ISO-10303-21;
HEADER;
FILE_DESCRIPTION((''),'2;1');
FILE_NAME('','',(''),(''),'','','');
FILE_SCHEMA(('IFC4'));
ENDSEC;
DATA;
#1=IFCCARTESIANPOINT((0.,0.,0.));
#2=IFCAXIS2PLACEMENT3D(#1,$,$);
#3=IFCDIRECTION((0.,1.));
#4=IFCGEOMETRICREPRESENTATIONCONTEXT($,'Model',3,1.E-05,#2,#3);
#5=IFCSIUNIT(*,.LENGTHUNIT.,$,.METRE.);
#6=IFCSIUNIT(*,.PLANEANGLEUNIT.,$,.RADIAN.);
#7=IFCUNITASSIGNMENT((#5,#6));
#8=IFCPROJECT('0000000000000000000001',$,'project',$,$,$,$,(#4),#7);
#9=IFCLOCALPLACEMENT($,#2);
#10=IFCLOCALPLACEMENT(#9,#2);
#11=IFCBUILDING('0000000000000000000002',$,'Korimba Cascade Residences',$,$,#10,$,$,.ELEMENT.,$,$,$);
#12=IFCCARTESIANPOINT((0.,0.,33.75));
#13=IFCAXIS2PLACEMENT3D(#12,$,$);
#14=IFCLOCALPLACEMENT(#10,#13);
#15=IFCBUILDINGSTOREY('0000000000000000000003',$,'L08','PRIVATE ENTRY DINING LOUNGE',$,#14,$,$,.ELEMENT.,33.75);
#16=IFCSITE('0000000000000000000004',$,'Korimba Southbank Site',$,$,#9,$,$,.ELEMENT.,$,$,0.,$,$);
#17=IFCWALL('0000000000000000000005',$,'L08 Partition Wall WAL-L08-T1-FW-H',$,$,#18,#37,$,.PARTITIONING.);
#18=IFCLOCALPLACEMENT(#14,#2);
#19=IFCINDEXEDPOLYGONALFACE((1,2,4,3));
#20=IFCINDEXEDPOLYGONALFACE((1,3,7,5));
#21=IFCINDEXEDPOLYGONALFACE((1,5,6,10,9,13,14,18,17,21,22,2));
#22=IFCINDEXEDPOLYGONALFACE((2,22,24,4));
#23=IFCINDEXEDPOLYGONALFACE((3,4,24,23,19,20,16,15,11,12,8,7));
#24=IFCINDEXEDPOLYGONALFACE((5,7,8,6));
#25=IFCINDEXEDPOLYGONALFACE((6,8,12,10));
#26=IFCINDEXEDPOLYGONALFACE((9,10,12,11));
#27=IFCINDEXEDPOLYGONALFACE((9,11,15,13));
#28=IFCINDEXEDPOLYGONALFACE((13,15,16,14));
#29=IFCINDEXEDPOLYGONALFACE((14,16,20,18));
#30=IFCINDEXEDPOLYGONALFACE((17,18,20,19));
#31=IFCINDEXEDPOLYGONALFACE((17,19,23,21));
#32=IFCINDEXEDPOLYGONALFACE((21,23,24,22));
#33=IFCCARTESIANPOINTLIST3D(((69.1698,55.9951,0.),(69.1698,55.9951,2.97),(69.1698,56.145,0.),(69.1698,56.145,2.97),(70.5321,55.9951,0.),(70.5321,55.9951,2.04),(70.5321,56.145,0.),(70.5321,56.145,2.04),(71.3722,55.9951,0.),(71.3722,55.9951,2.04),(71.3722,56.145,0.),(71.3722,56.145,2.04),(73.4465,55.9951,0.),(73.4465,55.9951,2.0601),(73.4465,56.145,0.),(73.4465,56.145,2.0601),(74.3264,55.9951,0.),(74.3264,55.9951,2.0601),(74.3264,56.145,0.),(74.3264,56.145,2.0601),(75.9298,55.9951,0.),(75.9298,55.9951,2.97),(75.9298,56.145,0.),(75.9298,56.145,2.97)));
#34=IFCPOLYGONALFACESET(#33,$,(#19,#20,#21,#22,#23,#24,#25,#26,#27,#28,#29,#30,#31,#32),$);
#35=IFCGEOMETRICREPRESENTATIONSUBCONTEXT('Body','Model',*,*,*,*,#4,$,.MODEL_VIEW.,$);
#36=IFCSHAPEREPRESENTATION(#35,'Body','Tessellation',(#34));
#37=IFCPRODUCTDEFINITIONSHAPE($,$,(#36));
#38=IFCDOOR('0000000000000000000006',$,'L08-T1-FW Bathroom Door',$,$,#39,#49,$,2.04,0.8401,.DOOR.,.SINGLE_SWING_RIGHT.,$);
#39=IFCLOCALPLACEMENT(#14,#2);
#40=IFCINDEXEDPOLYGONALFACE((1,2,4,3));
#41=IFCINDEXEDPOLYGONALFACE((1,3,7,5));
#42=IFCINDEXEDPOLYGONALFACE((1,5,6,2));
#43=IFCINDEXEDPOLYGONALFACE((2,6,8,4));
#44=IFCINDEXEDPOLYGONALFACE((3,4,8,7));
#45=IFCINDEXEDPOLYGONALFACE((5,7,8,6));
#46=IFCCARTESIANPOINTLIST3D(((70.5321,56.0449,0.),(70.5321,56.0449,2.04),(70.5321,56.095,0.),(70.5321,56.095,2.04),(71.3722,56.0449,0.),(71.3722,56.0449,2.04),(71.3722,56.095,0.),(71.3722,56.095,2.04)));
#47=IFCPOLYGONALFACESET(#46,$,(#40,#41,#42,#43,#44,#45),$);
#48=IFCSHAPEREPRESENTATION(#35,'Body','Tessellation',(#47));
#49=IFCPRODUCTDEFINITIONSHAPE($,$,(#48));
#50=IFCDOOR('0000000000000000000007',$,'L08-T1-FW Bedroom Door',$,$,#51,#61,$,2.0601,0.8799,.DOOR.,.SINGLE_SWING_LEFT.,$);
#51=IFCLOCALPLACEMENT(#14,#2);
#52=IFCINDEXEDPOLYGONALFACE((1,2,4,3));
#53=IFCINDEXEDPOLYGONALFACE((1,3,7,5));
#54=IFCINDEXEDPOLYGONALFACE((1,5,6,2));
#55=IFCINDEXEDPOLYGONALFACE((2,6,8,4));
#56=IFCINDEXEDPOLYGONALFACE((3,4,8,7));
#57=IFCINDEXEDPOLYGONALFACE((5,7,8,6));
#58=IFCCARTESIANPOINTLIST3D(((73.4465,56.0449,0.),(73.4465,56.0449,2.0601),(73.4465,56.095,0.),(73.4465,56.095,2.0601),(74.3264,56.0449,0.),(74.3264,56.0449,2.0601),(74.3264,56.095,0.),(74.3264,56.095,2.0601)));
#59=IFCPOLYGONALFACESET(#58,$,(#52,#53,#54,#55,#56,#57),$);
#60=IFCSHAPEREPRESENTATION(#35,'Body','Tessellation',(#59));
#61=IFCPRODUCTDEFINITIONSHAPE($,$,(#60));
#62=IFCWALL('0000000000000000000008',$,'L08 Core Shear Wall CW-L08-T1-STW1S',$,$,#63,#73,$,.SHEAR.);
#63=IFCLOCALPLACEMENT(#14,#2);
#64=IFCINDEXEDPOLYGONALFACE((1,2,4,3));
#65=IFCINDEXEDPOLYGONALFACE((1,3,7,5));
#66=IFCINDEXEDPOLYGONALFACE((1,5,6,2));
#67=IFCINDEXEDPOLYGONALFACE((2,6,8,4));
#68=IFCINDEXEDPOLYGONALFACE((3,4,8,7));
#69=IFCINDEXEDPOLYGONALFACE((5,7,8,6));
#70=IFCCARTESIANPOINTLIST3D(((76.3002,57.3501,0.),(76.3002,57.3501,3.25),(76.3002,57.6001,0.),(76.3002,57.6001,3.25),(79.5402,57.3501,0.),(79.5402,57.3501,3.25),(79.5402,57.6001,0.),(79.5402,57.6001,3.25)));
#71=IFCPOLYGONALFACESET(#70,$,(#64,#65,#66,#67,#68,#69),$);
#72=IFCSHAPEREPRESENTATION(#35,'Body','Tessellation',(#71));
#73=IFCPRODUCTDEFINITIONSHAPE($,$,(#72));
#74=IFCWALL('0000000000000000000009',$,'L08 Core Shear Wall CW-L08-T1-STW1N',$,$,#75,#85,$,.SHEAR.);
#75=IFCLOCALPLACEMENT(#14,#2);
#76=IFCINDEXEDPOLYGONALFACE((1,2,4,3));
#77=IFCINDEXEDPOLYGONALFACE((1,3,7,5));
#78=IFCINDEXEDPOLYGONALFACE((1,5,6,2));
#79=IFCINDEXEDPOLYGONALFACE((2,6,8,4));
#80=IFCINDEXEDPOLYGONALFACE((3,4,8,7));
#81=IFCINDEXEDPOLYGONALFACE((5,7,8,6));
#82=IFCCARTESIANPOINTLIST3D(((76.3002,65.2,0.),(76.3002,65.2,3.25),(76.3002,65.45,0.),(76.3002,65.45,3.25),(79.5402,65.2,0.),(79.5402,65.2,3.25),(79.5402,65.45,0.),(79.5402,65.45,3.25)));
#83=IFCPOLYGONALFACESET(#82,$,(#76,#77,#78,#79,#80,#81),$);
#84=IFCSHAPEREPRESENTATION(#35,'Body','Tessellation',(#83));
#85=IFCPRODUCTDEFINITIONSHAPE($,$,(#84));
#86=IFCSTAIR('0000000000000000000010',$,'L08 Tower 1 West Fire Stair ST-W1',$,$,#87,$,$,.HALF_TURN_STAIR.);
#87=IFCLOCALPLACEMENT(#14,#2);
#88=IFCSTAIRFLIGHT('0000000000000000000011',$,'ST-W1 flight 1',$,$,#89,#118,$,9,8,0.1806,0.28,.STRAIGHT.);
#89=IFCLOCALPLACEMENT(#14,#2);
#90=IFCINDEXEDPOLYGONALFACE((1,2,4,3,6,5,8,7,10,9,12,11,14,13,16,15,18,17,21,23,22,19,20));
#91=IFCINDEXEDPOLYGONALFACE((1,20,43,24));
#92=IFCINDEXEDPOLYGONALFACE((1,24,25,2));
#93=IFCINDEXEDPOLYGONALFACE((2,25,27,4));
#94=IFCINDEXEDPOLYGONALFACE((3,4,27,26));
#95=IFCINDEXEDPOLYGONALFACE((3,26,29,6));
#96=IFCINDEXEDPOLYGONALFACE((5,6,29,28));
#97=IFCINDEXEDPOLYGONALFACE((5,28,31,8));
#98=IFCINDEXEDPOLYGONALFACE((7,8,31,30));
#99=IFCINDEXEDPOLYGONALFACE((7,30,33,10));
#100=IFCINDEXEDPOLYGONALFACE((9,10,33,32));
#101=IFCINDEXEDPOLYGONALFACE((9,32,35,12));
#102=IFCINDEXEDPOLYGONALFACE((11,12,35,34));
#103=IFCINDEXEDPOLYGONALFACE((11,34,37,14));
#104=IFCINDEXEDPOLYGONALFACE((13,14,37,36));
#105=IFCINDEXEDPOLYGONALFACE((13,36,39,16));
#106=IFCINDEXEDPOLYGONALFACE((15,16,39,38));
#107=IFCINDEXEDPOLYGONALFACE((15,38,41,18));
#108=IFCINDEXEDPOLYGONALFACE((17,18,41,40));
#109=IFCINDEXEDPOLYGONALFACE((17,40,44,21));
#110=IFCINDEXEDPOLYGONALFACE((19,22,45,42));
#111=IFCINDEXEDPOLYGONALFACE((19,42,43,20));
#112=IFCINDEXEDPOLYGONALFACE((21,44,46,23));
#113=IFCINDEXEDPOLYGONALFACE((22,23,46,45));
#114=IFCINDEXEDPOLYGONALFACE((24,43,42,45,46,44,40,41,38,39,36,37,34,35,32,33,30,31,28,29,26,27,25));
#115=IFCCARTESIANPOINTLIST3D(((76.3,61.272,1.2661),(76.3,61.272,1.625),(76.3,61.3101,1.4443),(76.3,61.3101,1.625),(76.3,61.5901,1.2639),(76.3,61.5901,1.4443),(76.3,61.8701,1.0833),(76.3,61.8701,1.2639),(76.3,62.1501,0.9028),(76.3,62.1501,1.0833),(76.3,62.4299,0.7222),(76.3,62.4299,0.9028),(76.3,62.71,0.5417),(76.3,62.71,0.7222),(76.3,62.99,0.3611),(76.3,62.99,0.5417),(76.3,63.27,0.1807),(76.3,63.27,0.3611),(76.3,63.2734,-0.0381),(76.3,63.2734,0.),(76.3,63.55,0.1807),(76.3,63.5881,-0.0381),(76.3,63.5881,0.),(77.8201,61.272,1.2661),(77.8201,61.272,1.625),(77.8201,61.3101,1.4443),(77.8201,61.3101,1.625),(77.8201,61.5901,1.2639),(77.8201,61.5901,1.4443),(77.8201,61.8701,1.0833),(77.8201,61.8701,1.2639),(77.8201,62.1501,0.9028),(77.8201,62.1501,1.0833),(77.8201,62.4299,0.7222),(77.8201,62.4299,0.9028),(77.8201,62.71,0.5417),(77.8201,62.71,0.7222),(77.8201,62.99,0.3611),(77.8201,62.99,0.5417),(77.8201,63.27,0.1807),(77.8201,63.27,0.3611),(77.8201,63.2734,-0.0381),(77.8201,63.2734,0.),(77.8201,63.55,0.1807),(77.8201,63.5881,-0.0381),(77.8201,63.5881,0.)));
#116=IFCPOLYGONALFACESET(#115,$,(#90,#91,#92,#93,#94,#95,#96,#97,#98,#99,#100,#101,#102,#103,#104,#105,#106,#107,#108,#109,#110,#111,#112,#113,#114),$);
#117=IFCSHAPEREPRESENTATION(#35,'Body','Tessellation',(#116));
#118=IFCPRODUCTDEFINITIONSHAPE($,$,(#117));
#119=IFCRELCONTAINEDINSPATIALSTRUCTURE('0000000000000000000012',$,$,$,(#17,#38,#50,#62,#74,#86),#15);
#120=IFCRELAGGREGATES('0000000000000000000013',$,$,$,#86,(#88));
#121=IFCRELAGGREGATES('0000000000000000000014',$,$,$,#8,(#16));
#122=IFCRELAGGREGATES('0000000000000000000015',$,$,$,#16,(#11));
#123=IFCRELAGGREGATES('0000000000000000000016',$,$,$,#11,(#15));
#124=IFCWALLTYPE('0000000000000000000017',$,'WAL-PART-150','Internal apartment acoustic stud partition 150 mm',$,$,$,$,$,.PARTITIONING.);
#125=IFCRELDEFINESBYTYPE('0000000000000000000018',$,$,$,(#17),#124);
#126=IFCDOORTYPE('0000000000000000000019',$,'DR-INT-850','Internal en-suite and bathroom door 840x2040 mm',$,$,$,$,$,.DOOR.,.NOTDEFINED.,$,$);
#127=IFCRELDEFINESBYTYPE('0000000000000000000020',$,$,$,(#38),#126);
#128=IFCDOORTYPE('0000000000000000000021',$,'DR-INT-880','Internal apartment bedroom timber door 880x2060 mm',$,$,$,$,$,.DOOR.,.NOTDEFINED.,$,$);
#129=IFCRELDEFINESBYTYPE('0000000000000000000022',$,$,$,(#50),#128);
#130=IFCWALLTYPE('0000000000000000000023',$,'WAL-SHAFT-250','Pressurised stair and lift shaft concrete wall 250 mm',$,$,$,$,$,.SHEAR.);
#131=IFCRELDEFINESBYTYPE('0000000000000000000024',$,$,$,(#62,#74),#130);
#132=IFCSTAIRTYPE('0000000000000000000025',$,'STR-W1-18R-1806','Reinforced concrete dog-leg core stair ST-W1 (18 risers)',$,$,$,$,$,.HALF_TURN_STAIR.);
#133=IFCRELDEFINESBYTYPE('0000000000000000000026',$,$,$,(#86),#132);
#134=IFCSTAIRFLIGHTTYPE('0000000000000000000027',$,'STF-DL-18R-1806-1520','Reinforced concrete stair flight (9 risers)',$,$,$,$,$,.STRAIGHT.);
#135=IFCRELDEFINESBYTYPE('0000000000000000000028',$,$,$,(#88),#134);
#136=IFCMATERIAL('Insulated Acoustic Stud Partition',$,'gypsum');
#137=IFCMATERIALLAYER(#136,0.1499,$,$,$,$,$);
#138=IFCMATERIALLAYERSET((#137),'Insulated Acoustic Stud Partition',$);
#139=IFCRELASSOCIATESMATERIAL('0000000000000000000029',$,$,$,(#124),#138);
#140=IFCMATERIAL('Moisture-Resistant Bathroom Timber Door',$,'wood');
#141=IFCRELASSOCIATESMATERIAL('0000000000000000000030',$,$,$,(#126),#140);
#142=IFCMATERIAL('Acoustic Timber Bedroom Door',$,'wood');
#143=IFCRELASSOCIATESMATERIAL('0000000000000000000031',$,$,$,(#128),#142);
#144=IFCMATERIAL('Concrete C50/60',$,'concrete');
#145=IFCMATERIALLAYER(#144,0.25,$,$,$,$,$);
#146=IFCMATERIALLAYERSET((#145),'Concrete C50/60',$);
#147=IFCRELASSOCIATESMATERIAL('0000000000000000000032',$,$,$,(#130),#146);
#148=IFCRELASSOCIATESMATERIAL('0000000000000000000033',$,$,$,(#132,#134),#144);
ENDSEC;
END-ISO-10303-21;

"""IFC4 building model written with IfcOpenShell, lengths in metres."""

from ifc_helpers import new_model, si_unit, direction, frame, frame_2d, origin, place, context, subcontext, project, spatial, polyline, rectangle, outline, extrude, material, layer, layer_set, type_object, element, fill, aggregate, save


model = new_model("IFC4")

# Units and contexts
model_context = context("Model", 3, precision=1e-05, world=origin(), true_north=direction((0.0, 1.0)))
body_context = subcontext(model_context, "Body", "Model", "MODEL_VIEW")
ifc_project = project(units=[si_unit("LENGTHUNIT", "METRE"), si_unit("PLANEANGLEUNIT", "RADIAN")], contexts=[model_context])

# Site, building, storey
site_placement = place(None, origin())
site = spatial("IfcSite", under=ifc_project, at=site_placement, Name="Korimba Southbank Site", CompositionType="ELEMENT", RefElevation=0.0)
building_placement = place(site_placement, origin())
building = spatial("IfcBuilding", under=site, at=building_placement, Name="Korimba Cascade Residences", CompositionType="ELEMENT")
storey_placement = place(building_placement, frame((0.0, 0.0, 33.75)))
storey = spatial("IfcBuildingStorey", under=building, at=storey_placement, Name="L08", Description="PRIVATE ENTRY DINING LOUNGE", CompositionType="ELEMENT", Elevation=33.75)

# Shared definitions
ifc_material_1 = material(Name="Concrete C50/60", Category="concrete")

# Shared definitions
ifc_material_2 = material(Name="Insulated Acoustic Stud Partition", Category="gypsum")
ifc_layer_1 = layer(ifc_material_2, 0.1499)
ifc_layer_set_1 = layer_set([ifc_layer_1], Name="Insulated Acoustic Stud Partition")
wall_type_1 = type_object("IfcWallType", Name="WAL-PART-150", Description="Internal apartment acoustic stud partition 150 mm", PredefinedType="PARTITIONING", material=ifc_layer_set_1)

# Wall, openings, doors
wall_1_placement = place(storey_placement, frame((69.1699, 56.0701, 0.0), z_axis=(0.0, 0.0, 1.0), x_axis=(1.0, 0.0, 0.0)))
wall_1 = element("IfcWall", 1, at=wall_1_placement, inside=storey, type_object=wall_type_1, Name="L08 Partition Wall WAL-L08-T1-FW-H", PredefinedType="PARTITIONING", context=body_context, shape_type="SweptSolid", body=[
    extrude(rectangle(XDim=6.76, YDim=0.1499, at=frame_2d((3.3799, 0.0))), origin(), (0.0, 0.0, 1.0), 2.97),
])
opening_1_placement = place(wall_1_placement, frame((1.3623, 0.0, 0.0)))
opening_1 = element("IfcOpeningElement", 2, at=opening_1_placement, cuts=wall_1, PredefinedType="OPENING", context=body_context, shape_type="SweptSolid", body=[
    extrude(rectangle(XDim=0.8401, YDim=2.04, at=frame_2d((0.4199, 1.02))), frame((0.0, 0.085, 0.0), z_axis=(0.0, -1.0, 0.0), x_axis=(1.0, 0.0, 0.0)), (0.0, 0.0, 1.0), 0.1699),
])
opening_2_placement = place(wall_1_placement, frame((4.2766, 0.0, 0.0)))
opening_2 = element("IfcOpeningElement", 3, at=opening_2_placement, cuts=wall_1, PredefinedType="OPENING", context=body_context, shape_type="SweptSolid", body=[
    extrude(rectangle(XDim=0.8799, YDim=2.0601, at=frame_2d((0.4399, 1.03))), frame((0.0, 0.085, 0.0), z_axis=(0.0, -1.0, 0.0), x_axis=(1.0, 0.0, 0.0)), (0.0, 0.0, 1.0), 0.1699),
])
ifc_material_3 = material(Name="Moisture-Resistant Bathroom Timber Door", Category="wood")
door_type_1 = type_object("IfcDoorType", Name="DR-INT-850", Description="Internal en-suite and bathroom door 840x2040 mm", OperationType="NOTDEFINED", PredefinedType="DOOR", material=ifc_material_3)
door_1_placement = place(opening_1_placement, origin())
door_1 = element("IfcDoor", 4, at=door_1_placement, inside=storey, type_object=door_type_1, Name="L08-T1-FW Bathroom Door", OperationType="SINGLE_SWING_RIGHT", OverallHeight=2.04, OverallWidth=0.8401, PredefinedType="DOOR", context=body_context, shape_type="SweptSolid", body=[
    extrude(rectangle(XDim=0.8401, YDim=2.04, at=frame_2d((0.4199, 1.02))), frame((0.0, 0.0249, 0.0), z_axis=(0.0, -1.0, 0.0), x_axis=(1.0, 0.0, 0.0)), (0.0, 0.0, 1.0), 0.05),
])
fill(opening_1, door_1)
ifc_material_4 = material(Name="Acoustic Timber Bedroom Door", Category="wood")
door_type_2 = type_object("IfcDoorType", Name="DR-INT-880", Description="Internal apartment bedroom timber door 880x2060 mm", OperationType="NOTDEFINED", PredefinedType="DOOR", material=ifc_material_4)
door_2_placement = place(opening_2_placement, origin())
door_2 = element("IfcDoor", 5, at=door_2_placement, inside=storey, type_object=door_type_2, Name="L08-T1-FW Bedroom Door", OperationType="SINGLE_SWING_LEFT", OverallHeight=2.0601, OverallWidth=0.8799, PredefinedType="DOOR", context=body_context, shape_type="SweptSolid", body=[
    extrude(rectangle(XDim=0.8799, YDim=2.0601, at=frame_2d((0.4399, 1.03))), frame((0.0, 0.0249, 0.0), z_axis=(0.0, -1.0, 0.0), x_axis=(1.0, 0.0, 0.0)), (0.0, 0.0, 1.0), 0.05),
])
fill(opening_2, door_2)

# Walls
ifc_layer_2 = layer(ifc_material_1, 0.25)
ifc_layer_set_2 = layer_set([ifc_layer_2], Name="Concrete C50/60")
wall_type_2 = type_object("IfcWallType", Name="WAL-SHAFT-250", Description="Pressurised stair and lift shaft concrete wall 250 mm", PredefinedType="SHEAR", material=ifc_layer_set_2)
for number, where, z_axis, x_axis, name in (
    (6, (76.3, 57.4751, 0.0), (0.0, 0.0, 1.0), (1.0, 0.0, 0.0), "L08 Core Shear Wall CW-L08-T1-STW1S"),
    (7, (76.3, 65.325, 0.0), (0.0, 0.0, 1.0), (1.0, 0.0, 0.0), "L08 Core Shear Wall CW-L08-T1-STW1N"),
):
    element("IfcWall", number, at=place(storey_placement, frame(where, z_axis=z_axis, x_axis=x_axis)), inside=storey, type_object=wall_type_2, Name=name, PredefinedType="SHEAR", context=body_context, shape_type="SweptSolid", body=[
        extrude(rectangle(XDim=3.24, YDim=0.25, at=frame_2d((1.6201, 0.0))), origin(), (0.0, 0.0, 1.0), 3.25),
    ])

# Stair, stair flight
stair_type = type_object("IfcStairType", Name="STR-W1-18R-1806", Description="Reinforced concrete dog-leg core stair ST-W1 (18 risers)", PredefinedType="HALF_TURN_STAIR", material=ifc_material_1)
stair_placement = place(storey_placement, origin())
stair = element("IfcStair", 8, at=stair_placement, inside=storey, type_object=stair_type, Name="L08 Tower 1 West Fire Stair ST-W1", PredefinedType="HALF_TURN_STAIR")
stair_flight_type = type_object("IfcStairFlightType", Name="STF-DL-18R-1806-1520", Description="Reinforced concrete stair flight (9 risers)", PredefinedType="STRAIGHT", material=ifc_material_1)
stair_flight_placement = place(storey_placement, frame((77.0601, 63.55, 0.0), z_axis=(0.0, 0.0, 1.0), x_axis=(0.0, -1.0, 0.0)))
stair_flight = element("IfcStairFlight", 9, at=stair_flight_placement, type_object=stair_flight_type, Name="ST-W1 flight 1", NumberOfRisers=9, NumberOfTreads=8, PredefinedType="STRAIGHT", RiserHeight=0.1806, TreadLength=0.28, context=body_context, shape_type="SweptSolid", body=[
    extrude(outline(polyline([(-0.0381, 0.0), (0.0, 0.1807), (0.28, 0.1807), (0.28, 0.3611), (0.5601, 0.3611), (0.5601, 0.5417), (0.8401, 0.5417), (0.8401, 0.7222), (1.1201, 0.7222), (1.1201, 0.9028), (1.3999, 0.9028), (1.3999, 1.0833), (1.6799, 1.0833), (1.6799, 1.2639), (1.96, 1.2639), (1.96, 1.4443), (2.24, 1.4443), (2.24, 1.625), (2.2781, 1.625), (2.2781, 1.2661), (0.2766, 0.0), (0.2766, -0.0381), (-0.0381, -0.0381), (-0.0381, 0.0)])), frame((0.0, 0.76, 0.0), z_axis=(0.0, -1.0, 0.0), x_axis=(1.0, 0.0, 0.0)), (0.0, 0.0, 1.0), 1.52),
])
aggregate(stair, [stair_flight])

save(model, "model.ifc")
